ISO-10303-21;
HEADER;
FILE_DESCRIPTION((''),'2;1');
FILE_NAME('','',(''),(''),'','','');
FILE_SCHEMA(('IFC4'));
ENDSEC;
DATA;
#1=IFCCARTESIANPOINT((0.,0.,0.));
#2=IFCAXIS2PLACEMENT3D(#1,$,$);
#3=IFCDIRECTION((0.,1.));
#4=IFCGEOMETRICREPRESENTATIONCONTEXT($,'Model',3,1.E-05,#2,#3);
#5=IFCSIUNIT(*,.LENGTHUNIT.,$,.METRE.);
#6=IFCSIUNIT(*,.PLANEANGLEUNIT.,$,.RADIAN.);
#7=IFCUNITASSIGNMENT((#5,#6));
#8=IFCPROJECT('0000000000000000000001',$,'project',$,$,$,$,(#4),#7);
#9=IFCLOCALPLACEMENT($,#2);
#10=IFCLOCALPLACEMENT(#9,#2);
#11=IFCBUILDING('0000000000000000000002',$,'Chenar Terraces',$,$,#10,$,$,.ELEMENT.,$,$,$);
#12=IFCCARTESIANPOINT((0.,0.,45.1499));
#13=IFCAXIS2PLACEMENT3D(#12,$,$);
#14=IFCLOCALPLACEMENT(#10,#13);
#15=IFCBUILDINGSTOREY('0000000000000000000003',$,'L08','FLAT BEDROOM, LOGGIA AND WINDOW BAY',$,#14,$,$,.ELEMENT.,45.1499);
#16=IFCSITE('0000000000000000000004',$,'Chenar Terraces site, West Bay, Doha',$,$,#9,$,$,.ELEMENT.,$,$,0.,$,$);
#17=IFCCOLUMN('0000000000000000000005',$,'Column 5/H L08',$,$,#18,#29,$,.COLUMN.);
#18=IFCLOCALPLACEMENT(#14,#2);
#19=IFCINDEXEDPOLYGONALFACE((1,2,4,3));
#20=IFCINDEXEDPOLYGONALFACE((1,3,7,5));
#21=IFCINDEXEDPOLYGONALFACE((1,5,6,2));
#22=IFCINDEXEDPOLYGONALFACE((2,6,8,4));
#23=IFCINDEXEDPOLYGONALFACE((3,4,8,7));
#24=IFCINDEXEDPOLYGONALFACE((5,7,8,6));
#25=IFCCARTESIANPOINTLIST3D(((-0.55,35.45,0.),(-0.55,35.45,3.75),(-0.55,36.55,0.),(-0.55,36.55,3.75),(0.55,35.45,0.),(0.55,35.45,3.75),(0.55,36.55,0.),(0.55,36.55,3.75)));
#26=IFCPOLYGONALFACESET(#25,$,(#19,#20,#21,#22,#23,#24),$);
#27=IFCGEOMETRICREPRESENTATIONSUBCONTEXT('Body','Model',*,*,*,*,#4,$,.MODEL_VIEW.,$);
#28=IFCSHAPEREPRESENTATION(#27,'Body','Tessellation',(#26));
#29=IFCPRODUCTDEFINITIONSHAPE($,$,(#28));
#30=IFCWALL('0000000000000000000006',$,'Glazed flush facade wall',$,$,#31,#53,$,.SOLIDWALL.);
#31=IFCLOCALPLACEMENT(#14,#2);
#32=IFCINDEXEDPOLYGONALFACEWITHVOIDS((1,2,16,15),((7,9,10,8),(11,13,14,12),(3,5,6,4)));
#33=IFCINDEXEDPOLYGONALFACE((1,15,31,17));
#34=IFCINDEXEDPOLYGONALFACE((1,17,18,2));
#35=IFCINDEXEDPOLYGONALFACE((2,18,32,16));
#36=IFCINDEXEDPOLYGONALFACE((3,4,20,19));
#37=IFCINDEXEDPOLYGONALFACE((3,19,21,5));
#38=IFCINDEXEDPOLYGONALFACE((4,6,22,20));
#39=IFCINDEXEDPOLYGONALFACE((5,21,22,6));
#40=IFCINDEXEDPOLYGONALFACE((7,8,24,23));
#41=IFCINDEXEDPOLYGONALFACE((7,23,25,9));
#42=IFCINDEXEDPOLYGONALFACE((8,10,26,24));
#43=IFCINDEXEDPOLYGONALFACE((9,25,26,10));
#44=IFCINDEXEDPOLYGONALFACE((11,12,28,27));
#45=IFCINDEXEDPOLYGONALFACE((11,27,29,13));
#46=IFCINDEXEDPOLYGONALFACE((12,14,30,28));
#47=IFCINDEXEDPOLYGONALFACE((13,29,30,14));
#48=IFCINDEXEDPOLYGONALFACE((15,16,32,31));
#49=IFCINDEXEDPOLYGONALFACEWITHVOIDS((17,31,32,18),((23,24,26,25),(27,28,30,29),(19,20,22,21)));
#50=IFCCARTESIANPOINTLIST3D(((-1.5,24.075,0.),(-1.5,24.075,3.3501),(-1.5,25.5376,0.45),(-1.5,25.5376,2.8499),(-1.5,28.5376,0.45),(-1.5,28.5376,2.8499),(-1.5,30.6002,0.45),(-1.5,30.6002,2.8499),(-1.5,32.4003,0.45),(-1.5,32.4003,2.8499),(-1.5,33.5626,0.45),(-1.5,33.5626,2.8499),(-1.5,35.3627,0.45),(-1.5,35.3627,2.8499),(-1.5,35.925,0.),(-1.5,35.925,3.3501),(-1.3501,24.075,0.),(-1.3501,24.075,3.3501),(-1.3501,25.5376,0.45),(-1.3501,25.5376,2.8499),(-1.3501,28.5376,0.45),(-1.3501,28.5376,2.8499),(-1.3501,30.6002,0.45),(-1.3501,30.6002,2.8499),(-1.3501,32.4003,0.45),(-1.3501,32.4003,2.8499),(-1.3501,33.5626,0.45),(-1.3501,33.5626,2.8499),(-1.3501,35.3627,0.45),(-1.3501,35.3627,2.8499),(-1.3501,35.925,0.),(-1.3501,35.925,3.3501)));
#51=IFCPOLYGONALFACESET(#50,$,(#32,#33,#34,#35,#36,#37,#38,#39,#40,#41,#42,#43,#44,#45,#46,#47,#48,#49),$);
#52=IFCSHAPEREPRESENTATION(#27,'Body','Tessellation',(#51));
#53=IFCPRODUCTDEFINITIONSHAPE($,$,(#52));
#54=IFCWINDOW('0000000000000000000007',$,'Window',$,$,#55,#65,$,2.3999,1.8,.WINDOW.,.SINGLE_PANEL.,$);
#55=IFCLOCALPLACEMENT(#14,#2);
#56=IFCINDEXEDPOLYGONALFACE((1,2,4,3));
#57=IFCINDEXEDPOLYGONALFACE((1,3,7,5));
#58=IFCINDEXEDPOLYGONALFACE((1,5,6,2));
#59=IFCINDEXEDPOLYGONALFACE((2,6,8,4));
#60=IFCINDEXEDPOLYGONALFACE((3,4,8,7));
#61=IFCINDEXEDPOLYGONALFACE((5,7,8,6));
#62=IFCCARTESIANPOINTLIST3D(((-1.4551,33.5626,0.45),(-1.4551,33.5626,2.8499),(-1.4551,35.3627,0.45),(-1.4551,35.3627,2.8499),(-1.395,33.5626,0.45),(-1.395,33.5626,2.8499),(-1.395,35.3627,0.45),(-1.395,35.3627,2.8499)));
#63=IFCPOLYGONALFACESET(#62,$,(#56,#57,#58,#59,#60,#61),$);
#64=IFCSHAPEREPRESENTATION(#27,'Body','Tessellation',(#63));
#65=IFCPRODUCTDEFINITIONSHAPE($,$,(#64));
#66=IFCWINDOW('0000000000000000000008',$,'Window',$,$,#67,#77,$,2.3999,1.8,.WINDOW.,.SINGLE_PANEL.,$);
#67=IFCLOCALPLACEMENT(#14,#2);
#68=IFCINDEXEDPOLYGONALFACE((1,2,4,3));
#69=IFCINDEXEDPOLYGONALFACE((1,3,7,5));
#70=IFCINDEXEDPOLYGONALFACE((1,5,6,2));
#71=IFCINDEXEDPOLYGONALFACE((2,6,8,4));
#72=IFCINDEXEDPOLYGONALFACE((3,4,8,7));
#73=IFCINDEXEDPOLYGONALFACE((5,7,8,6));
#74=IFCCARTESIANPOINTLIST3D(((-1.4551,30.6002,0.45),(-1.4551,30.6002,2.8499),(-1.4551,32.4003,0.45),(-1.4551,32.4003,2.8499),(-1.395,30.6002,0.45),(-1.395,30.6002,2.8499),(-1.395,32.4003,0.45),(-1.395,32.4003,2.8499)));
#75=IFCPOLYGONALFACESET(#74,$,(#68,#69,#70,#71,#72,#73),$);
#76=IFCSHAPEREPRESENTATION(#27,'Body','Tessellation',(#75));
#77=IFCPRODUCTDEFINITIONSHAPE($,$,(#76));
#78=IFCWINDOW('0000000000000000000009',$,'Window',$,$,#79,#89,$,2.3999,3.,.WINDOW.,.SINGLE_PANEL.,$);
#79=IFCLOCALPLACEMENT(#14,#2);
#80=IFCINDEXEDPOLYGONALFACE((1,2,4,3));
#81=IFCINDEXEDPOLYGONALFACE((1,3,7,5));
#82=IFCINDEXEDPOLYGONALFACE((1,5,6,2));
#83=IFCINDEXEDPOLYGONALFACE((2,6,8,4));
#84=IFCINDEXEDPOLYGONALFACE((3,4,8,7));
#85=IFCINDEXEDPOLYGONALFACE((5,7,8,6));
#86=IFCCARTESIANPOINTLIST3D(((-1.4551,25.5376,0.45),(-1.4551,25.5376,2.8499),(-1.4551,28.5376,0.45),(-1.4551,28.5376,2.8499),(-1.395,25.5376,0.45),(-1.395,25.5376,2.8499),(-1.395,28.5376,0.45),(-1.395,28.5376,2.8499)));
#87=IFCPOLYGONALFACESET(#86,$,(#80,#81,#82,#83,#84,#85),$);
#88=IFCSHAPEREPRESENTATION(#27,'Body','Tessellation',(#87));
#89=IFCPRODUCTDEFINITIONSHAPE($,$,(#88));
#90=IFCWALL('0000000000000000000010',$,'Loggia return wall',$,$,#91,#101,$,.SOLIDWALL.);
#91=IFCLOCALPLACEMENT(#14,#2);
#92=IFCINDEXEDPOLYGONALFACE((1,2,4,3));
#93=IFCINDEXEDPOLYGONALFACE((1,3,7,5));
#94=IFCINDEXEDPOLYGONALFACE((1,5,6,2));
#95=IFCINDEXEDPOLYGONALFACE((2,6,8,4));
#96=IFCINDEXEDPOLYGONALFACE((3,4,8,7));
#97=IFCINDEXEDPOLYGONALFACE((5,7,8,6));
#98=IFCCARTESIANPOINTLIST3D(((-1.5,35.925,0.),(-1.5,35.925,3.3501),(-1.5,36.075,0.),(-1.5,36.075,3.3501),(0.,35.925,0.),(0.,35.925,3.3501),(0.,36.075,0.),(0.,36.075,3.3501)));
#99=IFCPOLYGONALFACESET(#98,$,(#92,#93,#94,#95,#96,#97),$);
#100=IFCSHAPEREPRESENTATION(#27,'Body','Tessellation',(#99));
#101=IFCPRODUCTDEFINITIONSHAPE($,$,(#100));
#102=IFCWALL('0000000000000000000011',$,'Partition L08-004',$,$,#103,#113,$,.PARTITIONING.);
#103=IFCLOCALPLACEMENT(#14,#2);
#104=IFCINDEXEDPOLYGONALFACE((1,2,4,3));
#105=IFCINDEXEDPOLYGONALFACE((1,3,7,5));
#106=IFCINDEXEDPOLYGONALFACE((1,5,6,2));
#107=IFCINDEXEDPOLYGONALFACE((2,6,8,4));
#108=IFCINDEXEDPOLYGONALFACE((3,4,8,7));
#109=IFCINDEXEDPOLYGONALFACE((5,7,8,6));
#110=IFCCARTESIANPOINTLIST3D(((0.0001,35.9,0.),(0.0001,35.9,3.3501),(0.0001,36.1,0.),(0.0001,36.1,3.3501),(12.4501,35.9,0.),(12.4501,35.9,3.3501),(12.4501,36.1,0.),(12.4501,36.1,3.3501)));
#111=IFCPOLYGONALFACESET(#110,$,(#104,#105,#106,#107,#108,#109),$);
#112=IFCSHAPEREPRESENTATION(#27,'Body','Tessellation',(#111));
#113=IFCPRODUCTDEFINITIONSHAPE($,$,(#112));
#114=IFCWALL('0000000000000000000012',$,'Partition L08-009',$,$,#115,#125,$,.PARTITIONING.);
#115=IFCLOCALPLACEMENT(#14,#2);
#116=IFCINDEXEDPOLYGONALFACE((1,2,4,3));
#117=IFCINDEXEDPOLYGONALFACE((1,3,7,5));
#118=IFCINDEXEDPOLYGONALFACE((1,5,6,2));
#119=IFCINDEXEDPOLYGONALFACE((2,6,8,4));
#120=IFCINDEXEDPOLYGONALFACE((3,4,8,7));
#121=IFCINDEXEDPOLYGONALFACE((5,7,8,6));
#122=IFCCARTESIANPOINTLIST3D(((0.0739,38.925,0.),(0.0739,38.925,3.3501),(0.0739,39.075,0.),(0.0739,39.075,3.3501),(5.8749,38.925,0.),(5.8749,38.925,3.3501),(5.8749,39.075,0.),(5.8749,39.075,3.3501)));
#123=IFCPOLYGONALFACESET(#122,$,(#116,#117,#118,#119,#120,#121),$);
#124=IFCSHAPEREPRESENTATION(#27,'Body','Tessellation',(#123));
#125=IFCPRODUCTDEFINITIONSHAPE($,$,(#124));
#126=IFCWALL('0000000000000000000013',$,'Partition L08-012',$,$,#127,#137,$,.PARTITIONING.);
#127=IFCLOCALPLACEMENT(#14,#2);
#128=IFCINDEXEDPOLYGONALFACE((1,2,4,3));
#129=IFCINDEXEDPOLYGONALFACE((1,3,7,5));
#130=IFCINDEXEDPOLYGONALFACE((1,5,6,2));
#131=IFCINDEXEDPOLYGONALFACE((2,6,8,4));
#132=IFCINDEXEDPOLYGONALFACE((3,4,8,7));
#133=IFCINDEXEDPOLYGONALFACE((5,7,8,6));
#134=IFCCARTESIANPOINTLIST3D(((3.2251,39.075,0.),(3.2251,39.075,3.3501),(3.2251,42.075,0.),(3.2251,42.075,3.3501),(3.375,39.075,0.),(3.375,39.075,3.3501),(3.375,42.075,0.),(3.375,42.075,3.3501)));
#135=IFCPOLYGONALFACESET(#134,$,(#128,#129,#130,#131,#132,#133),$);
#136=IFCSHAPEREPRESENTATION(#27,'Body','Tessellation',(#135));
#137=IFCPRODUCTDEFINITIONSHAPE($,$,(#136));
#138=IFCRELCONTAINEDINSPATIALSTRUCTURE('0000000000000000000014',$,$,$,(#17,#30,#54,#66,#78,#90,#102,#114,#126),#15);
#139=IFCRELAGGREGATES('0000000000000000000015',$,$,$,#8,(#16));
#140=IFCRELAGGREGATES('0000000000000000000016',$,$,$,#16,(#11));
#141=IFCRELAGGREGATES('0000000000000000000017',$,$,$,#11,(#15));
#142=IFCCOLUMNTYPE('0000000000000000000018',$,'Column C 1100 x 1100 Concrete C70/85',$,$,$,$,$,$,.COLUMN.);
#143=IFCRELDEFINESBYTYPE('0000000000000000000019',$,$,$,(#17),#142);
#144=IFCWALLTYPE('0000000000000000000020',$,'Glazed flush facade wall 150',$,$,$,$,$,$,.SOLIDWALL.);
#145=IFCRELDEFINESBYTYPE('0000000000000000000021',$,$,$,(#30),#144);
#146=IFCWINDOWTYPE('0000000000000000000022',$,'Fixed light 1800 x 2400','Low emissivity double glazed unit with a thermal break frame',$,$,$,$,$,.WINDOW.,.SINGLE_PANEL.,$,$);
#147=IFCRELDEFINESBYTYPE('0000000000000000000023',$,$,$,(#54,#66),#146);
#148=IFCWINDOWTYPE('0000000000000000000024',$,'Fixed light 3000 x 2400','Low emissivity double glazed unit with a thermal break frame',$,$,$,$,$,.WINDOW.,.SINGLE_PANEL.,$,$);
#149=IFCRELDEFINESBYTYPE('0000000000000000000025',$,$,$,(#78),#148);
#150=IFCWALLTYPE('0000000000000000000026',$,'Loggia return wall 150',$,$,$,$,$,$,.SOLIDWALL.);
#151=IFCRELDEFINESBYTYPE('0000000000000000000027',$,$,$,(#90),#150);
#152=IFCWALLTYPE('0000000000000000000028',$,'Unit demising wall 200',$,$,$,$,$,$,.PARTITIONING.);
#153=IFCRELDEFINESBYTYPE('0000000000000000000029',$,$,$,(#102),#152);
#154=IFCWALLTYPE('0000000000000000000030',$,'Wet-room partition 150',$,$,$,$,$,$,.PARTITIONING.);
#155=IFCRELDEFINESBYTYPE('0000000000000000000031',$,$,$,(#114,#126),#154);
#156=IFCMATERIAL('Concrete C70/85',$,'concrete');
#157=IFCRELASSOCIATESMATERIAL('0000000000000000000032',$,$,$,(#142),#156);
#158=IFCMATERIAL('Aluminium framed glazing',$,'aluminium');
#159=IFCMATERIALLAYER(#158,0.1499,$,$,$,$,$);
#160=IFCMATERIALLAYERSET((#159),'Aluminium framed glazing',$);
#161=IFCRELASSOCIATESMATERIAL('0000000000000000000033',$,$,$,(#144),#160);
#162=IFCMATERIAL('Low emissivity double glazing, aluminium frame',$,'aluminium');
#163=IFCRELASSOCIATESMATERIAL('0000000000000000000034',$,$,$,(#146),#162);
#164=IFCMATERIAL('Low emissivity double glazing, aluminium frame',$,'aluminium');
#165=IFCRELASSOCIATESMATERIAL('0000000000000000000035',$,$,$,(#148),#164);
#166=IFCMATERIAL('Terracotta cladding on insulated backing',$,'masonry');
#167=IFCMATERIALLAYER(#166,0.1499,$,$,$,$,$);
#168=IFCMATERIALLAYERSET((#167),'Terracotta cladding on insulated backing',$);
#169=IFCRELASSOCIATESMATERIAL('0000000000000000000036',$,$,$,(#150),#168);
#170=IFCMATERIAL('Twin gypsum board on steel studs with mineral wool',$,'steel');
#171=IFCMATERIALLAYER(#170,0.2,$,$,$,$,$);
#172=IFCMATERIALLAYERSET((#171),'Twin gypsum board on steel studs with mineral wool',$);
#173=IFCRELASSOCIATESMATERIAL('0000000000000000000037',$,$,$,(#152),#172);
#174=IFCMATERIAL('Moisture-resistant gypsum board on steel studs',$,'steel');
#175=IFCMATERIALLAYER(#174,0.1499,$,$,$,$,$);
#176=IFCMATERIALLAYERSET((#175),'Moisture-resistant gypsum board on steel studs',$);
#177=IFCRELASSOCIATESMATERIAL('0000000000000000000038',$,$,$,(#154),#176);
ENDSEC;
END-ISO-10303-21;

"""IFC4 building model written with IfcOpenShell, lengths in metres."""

from ifc_helpers import new_model, si_unit, direction, frame, frame_2d, origin, origin_2d, place, context, subcontext, project, spatial, rectangle, extrude, material, layer, layer_set, material_profile, profile_set, type_object, element, fill, save


model = new_model("IFC4")

# Units and contexts
model_context = context("Model", 3, precision=1e-05, world=origin(), true_north=direction((0.0, 1.0)))
body_context = subcontext(model_context, "Body", "Model", "MODEL_VIEW")
ifc_project = project(units=[si_unit("LENGTHUNIT", "METRE"), si_unit("PLANEANGLEUNIT", "RADIAN")], contexts=[model_context])

# Site, building, storey
site_placement = place(None, origin())
site = spatial("IfcSite", under=ifc_project, at=site_placement, Name="Chenar Terraces site, West Bay, Doha", CompositionType="ELEMENT", RefElevation=0.0)
building_placement = place(site_placement, origin())
building = spatial("IfcBuilding", under=site, at=building_placement, Name="Chenar Terraces", CompositionType="ELEMENT")
storey_placement = place(building_placement, frame((0.0, 0.0, 45.1499)))
storey = spatial("IfcBuildingStorey", under=building, at=storey_placement, Name="L08", Description="FLAT BEDROOM, LOGGIA AND WINDOW BAY", CompositionType="ELEMENT", Elevation=45.1499)

# Column
ifc_material_1 = material(Name="Concrete C70/85", Category="concrete")
ifc_material_profile = material_profile(ifc_material_1, rectangle(XDim=1.1001, YDim=1.1001, at=origin_2d()), Name="C 1100 x 1100")
ifc_profile_set = profile_set([ifc_material_profile], Name="Concrete C70/85")
column_type = type_object("IfcColumnType", Name="Column C 1100 x 1100 Concrete C70/85", PredefinedType="COLUMN", material=ifc_profile_set)
placement = place(storey_placement, frame((0.0, 36.0, 0.0), z_axis=(0.0, 0.0, 1.0), x_axis=(1.0, 0.0, 0.0)))
element("IfcColumn", 1, at=placement, inside=storey, type_object=column_type, Name="Column 5/H L08", PredefinedType="COLUMN", context=body_context, shape_type="SweptSolid", body=[
    extrude(rectangle(XDim=1.1001, YDim=1.1001, at=origin_2d()), origin(), (0.0, 0.0, 1.0), 3.75),
])

# Wall, openings, windows
ifc_material_2 = material(Name="Aluminium framed glazing", Category="aluminium")
ifc_layer_1 = layer(ifc_material_2, 0.1499)
ifc_layer_set_1 = layer_set([ifc_layer_1], Name="Aluminium framed glazing")
wall_type_1 = type_object("IfcWallType", Name="Glazed flush facade wall 150", PredefinedType="SOLIDWALL", material=ifc_layer_set_1)
wall_1_placement = place(storey_placement, frame((-1.425, 35.925, 0.0), z_axis=(0.0, 0.0, 1.0), x_axis=(0.0, -1.0, 0.0)))
wall_1 = element("IfcWall", 2, at=wall_1_placement, inside=storey, type_object=wall_type_1, Name="Glazed flush facade wall", PredefinedType="SOLIDWALL", context=body_context, shape_type="SweptSolid", body=[
    extrude(rectangle(XDim=11.8501, YDim=0.1499, at=frame_2d((5.925, 0.0))), origin(), (0.0, 0.0, 1.0), 3.3501),
])
opening_1_placement = place(wall_1_placement, frame((0.5625, 0.0, 0.45)))
opening_1 = element("IfcOpeningElement", 3, at=opening_1_placement, cuts=wall_1, PredefinedType="OPENING", context=body_context, shape_type="SweptSolid", body=[
    extrude(rectangle(XDim=1.8, YDim=2.3999, at=frame_2d((0.8999, 1.2))), frame((0.0, 0.085, 0.0), z_axis=(0.0, -1.0, 0.0), x_axis=(1.0, 0.0, 0.0)), (0.0, 0.0, 1.0), 0.1699),
])
opening_2_placement = place(wall_1_placement, frame((3.5249, 0.0, 0.45)))
opening_2 = element("IfcOpeningElement", 4, at=opening_2_placement, cuts=wall_1, PredefinedType="OPENING", context=body_context, shape_type="SweptSolid", body=[
    extrude(rectangle(XDim=1.8, YDim=2.3999, at=frame_2d((0.8999, 1.2))), frame((0.0, 0.085, 0.0), z_axis=(0.0, -1.0, 0.0), x_axis=(1.0, 0.0, 0.0)), (0.0, 0.0, 1.0), 0.1699),
])
opening_3_placement = place(wall_1_placement, frame((7.3875, 0.0, 0.45)))
opening_3 = element("IfcOpeningElement", 5, at=opening_3_placement, cuts=wall_1, PredefinedType="OPENING", context=body_context, shape_type="SweptSolid", body=[
    extrude(rectangle(XDim=3.0, YDim=2.3999, at=frame_2d((1.5, 1.2))), frame((0.0, 0.085, 0.0), z_axis=(0.0, -1.0, 0.0), x_axis=(1.0, 0.0, 0.0)), (0.0, 0.0, 1.0), 0.1699),
])
ifc_material_3 = material(Name="Low emissivity double glazing, aluminium frame", Category="aluminium")
window_type_1 = type_object("IfcWindowType", Name="Fixed light 1800 x 2400", Description="Low emissivity double glazed unit with a thermal break frame", PartitioningType="SINGLE_PANEL", PredefinedType="WINDOW", material=ifc_material_3)
window_1_placement = place(opening_1_placement, origin())
window_1 = element("IfcWindow", 6, at=window_1_placement, inside=storey, type_object=window_type_1, Name="Window", OverallHeight=2.3999, OverallWidth=1.8, PartitioningType="SINGLE_PANEL", PredefinedType="WINDOW", context=body_context, shape_type="SweptSolid", body=[
    extrude(rectangle(XDim=1.8, YDim=2.3999, at=frame_2d((0.8999, 1.2))), frame((0.0, 0.03, 0.0), z_axis=(0.0, -1.0, 0.0), x_axis=(1.0, 0.0, 0.0)), (0.0, 0.0, 1.0), 0.0601),
])
fill(opening_1, window_1)
window_2_placement = place(opening_2_placement, origin())
window_2 = element("IfcWindow", 7, at=window_2_placement, inside=storey, type_object=window_type_1, Name="Window", OverallHeight=2.3999, OverallWidth=1.8, PartitioningType="SINGLE_PANEL", PredefinedType="WINDOW", context=body_context, shape_type="SweptSolid", body=[
    extrude(rectangle(XDim=1.8, YDim=2.3999, at=frame_2d((0.8999, 1.2))), frame((0.0, 0.03, 0.0), z_axis=(0.0, -1.0, 0.0), x_axis=(1.0, 0.0, 0.0)), (0.0, 0.0, 1.0), 0.0601),
])
fill(opening_2, window_2)
ifc_material_4 = material(Name="Low emissivity double glazing, aluminium frame", Category="aluminium")
window_type_2 = type_object("IfcWindowType", Name="Fixed light 3000 x 2400", Description="Low emissivity double glazed unit with a thermal break frame", PartitioningType="SINGLE_PANEL", PredefinedType="WINDOW", material=ifc_material_4)
window_3_placement = place(opening_3_placement, origin())
window_3 = element("IfcWindow", 8, at=window_3_placement, inside=storey, type_object=window_type_2, Name="Window", OverallHeight=2.3999, OverallWidth=3.0, PartitioningType="SINGLE_PANEL", PredefinedType="WINDOW", context=body_context, shape_type="SweptSolid", body=[
    extrude(rectangle(XDim=3.0, YDim=2.3999, at=frame_2d((1.5, 1.2))), frame((0.0, 0.03, 0.0), z_axis=(0.0, -1.0, 0.0), x_axis=(1.0, 0.0, 0.0)), (0.0, 0.0, 1.0), 0.0601),
])
fill(opening_3, window_3)

# Walls
ifc_material_5 = material(Name="Terracotta cladding on insulated backing", Category="masonry")
ifc_layer_2 = layer(ifc_material_5, 0.1499)
ifc_layer_set_2 = layer_set([ifc_layer_2], Name="Terracotta cladding on insulated backing")
wall_type_2 = type_object("IfcWallType", Name="Loggia return wall 150", PredefinedType="SOLIDWALL", material=ifc_layer_set_2)
wall_2_placement = place(storey_placement, frame((-1.5, 36.0, 0.0), z_axis=(0.0, 0.0, 1.0), x_axis=(1.0, 0.0, 0.0)))
element("IfcWall", 9, at=wall_2_placement, inside=storey, type_object=wall_type_2, Name="Loggia return wall", PredefinedType="SOLIDWALL", context=body_context, shape_type="SweptSolid", body=[
    extrude(rectangle(XDim=1.5, YDim=0.1499, at=frame_2d((0.75, 0.0))), origin(), (0.0, 0.0, 1.0), 3.3501),
])
ifc_material_6 = material(Name="Twin gypsum board on steel studs with mineral wool", Category="steel")
ifc_layer_3 = layer(ifc_material_6, 0.2)
ifc_layer_set_3 = layer_set([ifc_layer_3], Name="Twin gypsum board on steel studs with mineral wool")
wall_type_3 = type_object("IfcWallType", Name="Unit demising wall 200", PredefinedType="PARTITIONING", material=ifc_layer_set_3)
element("IfcWall", 10, at=placement, inside=storey, type_object=wall_type_3, Name="Partition L08-004", PredefinedType="PARTITIONING", context=body_context, shape_type="SweptSolid", body=[
    extrude(rectangle(XDim=12.45, YDim=0.2, at=frame_2d((6.2251, 0.0))), origin(), (0.0, 0.0, 1.0), 3.3501),
])
ifc_material_7 = material(Name="Moisture-resistant gypsum board on steel studs", Category="steel")
ifc_layer_4 = layer(ifc_material_7, 0.1499)
ifc_layer_set_4 = layer_set([ifc_layer_4], Name="Moisture-resistant gypsum board on steel studs")
wall_type_4 = type_object("IfcWallType", Name="Wet-room partition 150", PredefinedType="PARTITIONING", material=ifc_layer_set_4)
wall_3_placement = place(storey_placement, frame((0.074, 39.0, 0.0), z_axis=(0.0, 0.0, 1.0), x_axis=(1.0, 0.0, 0.0)))
element("IfcWall", 11, at=wall_3_placement, inside=storey, type_object=wall_type_4, Name="Partition L08-009", PredefinedType="PARTITIONING", context=body_context, shape_type="SweptSolid", body=[
    extrude(rectangle(XDim=5.801, YDim=0.1499, at=frame_2d((2.9004, 0.0))), origin(), (0.0, 0.0, 1.0), 3.3501),
])
wall_4_placement = place(storey_placement, frame((3.3, 39.075, 0.0), z_axis=(0.0, 0.0, 1.0), x_axis=(0.0, 1.0, 0.0)))
element("IfcWall", 12, at=wall_4_placement, inside=storey, type_object=wall_type_4, Name="Partition L08-012", PredefinedType="PARTITIONING", context=body_context, shape_type="SweptSolid", body=[
    extrude(rectangle(XDim=3.0, YDim=0.1499, at=frame_2d((1.5, 0.0))), origin(), (0.0, 0.0, 1.0), 3.3501),
])

save(model, "model.ifc")
